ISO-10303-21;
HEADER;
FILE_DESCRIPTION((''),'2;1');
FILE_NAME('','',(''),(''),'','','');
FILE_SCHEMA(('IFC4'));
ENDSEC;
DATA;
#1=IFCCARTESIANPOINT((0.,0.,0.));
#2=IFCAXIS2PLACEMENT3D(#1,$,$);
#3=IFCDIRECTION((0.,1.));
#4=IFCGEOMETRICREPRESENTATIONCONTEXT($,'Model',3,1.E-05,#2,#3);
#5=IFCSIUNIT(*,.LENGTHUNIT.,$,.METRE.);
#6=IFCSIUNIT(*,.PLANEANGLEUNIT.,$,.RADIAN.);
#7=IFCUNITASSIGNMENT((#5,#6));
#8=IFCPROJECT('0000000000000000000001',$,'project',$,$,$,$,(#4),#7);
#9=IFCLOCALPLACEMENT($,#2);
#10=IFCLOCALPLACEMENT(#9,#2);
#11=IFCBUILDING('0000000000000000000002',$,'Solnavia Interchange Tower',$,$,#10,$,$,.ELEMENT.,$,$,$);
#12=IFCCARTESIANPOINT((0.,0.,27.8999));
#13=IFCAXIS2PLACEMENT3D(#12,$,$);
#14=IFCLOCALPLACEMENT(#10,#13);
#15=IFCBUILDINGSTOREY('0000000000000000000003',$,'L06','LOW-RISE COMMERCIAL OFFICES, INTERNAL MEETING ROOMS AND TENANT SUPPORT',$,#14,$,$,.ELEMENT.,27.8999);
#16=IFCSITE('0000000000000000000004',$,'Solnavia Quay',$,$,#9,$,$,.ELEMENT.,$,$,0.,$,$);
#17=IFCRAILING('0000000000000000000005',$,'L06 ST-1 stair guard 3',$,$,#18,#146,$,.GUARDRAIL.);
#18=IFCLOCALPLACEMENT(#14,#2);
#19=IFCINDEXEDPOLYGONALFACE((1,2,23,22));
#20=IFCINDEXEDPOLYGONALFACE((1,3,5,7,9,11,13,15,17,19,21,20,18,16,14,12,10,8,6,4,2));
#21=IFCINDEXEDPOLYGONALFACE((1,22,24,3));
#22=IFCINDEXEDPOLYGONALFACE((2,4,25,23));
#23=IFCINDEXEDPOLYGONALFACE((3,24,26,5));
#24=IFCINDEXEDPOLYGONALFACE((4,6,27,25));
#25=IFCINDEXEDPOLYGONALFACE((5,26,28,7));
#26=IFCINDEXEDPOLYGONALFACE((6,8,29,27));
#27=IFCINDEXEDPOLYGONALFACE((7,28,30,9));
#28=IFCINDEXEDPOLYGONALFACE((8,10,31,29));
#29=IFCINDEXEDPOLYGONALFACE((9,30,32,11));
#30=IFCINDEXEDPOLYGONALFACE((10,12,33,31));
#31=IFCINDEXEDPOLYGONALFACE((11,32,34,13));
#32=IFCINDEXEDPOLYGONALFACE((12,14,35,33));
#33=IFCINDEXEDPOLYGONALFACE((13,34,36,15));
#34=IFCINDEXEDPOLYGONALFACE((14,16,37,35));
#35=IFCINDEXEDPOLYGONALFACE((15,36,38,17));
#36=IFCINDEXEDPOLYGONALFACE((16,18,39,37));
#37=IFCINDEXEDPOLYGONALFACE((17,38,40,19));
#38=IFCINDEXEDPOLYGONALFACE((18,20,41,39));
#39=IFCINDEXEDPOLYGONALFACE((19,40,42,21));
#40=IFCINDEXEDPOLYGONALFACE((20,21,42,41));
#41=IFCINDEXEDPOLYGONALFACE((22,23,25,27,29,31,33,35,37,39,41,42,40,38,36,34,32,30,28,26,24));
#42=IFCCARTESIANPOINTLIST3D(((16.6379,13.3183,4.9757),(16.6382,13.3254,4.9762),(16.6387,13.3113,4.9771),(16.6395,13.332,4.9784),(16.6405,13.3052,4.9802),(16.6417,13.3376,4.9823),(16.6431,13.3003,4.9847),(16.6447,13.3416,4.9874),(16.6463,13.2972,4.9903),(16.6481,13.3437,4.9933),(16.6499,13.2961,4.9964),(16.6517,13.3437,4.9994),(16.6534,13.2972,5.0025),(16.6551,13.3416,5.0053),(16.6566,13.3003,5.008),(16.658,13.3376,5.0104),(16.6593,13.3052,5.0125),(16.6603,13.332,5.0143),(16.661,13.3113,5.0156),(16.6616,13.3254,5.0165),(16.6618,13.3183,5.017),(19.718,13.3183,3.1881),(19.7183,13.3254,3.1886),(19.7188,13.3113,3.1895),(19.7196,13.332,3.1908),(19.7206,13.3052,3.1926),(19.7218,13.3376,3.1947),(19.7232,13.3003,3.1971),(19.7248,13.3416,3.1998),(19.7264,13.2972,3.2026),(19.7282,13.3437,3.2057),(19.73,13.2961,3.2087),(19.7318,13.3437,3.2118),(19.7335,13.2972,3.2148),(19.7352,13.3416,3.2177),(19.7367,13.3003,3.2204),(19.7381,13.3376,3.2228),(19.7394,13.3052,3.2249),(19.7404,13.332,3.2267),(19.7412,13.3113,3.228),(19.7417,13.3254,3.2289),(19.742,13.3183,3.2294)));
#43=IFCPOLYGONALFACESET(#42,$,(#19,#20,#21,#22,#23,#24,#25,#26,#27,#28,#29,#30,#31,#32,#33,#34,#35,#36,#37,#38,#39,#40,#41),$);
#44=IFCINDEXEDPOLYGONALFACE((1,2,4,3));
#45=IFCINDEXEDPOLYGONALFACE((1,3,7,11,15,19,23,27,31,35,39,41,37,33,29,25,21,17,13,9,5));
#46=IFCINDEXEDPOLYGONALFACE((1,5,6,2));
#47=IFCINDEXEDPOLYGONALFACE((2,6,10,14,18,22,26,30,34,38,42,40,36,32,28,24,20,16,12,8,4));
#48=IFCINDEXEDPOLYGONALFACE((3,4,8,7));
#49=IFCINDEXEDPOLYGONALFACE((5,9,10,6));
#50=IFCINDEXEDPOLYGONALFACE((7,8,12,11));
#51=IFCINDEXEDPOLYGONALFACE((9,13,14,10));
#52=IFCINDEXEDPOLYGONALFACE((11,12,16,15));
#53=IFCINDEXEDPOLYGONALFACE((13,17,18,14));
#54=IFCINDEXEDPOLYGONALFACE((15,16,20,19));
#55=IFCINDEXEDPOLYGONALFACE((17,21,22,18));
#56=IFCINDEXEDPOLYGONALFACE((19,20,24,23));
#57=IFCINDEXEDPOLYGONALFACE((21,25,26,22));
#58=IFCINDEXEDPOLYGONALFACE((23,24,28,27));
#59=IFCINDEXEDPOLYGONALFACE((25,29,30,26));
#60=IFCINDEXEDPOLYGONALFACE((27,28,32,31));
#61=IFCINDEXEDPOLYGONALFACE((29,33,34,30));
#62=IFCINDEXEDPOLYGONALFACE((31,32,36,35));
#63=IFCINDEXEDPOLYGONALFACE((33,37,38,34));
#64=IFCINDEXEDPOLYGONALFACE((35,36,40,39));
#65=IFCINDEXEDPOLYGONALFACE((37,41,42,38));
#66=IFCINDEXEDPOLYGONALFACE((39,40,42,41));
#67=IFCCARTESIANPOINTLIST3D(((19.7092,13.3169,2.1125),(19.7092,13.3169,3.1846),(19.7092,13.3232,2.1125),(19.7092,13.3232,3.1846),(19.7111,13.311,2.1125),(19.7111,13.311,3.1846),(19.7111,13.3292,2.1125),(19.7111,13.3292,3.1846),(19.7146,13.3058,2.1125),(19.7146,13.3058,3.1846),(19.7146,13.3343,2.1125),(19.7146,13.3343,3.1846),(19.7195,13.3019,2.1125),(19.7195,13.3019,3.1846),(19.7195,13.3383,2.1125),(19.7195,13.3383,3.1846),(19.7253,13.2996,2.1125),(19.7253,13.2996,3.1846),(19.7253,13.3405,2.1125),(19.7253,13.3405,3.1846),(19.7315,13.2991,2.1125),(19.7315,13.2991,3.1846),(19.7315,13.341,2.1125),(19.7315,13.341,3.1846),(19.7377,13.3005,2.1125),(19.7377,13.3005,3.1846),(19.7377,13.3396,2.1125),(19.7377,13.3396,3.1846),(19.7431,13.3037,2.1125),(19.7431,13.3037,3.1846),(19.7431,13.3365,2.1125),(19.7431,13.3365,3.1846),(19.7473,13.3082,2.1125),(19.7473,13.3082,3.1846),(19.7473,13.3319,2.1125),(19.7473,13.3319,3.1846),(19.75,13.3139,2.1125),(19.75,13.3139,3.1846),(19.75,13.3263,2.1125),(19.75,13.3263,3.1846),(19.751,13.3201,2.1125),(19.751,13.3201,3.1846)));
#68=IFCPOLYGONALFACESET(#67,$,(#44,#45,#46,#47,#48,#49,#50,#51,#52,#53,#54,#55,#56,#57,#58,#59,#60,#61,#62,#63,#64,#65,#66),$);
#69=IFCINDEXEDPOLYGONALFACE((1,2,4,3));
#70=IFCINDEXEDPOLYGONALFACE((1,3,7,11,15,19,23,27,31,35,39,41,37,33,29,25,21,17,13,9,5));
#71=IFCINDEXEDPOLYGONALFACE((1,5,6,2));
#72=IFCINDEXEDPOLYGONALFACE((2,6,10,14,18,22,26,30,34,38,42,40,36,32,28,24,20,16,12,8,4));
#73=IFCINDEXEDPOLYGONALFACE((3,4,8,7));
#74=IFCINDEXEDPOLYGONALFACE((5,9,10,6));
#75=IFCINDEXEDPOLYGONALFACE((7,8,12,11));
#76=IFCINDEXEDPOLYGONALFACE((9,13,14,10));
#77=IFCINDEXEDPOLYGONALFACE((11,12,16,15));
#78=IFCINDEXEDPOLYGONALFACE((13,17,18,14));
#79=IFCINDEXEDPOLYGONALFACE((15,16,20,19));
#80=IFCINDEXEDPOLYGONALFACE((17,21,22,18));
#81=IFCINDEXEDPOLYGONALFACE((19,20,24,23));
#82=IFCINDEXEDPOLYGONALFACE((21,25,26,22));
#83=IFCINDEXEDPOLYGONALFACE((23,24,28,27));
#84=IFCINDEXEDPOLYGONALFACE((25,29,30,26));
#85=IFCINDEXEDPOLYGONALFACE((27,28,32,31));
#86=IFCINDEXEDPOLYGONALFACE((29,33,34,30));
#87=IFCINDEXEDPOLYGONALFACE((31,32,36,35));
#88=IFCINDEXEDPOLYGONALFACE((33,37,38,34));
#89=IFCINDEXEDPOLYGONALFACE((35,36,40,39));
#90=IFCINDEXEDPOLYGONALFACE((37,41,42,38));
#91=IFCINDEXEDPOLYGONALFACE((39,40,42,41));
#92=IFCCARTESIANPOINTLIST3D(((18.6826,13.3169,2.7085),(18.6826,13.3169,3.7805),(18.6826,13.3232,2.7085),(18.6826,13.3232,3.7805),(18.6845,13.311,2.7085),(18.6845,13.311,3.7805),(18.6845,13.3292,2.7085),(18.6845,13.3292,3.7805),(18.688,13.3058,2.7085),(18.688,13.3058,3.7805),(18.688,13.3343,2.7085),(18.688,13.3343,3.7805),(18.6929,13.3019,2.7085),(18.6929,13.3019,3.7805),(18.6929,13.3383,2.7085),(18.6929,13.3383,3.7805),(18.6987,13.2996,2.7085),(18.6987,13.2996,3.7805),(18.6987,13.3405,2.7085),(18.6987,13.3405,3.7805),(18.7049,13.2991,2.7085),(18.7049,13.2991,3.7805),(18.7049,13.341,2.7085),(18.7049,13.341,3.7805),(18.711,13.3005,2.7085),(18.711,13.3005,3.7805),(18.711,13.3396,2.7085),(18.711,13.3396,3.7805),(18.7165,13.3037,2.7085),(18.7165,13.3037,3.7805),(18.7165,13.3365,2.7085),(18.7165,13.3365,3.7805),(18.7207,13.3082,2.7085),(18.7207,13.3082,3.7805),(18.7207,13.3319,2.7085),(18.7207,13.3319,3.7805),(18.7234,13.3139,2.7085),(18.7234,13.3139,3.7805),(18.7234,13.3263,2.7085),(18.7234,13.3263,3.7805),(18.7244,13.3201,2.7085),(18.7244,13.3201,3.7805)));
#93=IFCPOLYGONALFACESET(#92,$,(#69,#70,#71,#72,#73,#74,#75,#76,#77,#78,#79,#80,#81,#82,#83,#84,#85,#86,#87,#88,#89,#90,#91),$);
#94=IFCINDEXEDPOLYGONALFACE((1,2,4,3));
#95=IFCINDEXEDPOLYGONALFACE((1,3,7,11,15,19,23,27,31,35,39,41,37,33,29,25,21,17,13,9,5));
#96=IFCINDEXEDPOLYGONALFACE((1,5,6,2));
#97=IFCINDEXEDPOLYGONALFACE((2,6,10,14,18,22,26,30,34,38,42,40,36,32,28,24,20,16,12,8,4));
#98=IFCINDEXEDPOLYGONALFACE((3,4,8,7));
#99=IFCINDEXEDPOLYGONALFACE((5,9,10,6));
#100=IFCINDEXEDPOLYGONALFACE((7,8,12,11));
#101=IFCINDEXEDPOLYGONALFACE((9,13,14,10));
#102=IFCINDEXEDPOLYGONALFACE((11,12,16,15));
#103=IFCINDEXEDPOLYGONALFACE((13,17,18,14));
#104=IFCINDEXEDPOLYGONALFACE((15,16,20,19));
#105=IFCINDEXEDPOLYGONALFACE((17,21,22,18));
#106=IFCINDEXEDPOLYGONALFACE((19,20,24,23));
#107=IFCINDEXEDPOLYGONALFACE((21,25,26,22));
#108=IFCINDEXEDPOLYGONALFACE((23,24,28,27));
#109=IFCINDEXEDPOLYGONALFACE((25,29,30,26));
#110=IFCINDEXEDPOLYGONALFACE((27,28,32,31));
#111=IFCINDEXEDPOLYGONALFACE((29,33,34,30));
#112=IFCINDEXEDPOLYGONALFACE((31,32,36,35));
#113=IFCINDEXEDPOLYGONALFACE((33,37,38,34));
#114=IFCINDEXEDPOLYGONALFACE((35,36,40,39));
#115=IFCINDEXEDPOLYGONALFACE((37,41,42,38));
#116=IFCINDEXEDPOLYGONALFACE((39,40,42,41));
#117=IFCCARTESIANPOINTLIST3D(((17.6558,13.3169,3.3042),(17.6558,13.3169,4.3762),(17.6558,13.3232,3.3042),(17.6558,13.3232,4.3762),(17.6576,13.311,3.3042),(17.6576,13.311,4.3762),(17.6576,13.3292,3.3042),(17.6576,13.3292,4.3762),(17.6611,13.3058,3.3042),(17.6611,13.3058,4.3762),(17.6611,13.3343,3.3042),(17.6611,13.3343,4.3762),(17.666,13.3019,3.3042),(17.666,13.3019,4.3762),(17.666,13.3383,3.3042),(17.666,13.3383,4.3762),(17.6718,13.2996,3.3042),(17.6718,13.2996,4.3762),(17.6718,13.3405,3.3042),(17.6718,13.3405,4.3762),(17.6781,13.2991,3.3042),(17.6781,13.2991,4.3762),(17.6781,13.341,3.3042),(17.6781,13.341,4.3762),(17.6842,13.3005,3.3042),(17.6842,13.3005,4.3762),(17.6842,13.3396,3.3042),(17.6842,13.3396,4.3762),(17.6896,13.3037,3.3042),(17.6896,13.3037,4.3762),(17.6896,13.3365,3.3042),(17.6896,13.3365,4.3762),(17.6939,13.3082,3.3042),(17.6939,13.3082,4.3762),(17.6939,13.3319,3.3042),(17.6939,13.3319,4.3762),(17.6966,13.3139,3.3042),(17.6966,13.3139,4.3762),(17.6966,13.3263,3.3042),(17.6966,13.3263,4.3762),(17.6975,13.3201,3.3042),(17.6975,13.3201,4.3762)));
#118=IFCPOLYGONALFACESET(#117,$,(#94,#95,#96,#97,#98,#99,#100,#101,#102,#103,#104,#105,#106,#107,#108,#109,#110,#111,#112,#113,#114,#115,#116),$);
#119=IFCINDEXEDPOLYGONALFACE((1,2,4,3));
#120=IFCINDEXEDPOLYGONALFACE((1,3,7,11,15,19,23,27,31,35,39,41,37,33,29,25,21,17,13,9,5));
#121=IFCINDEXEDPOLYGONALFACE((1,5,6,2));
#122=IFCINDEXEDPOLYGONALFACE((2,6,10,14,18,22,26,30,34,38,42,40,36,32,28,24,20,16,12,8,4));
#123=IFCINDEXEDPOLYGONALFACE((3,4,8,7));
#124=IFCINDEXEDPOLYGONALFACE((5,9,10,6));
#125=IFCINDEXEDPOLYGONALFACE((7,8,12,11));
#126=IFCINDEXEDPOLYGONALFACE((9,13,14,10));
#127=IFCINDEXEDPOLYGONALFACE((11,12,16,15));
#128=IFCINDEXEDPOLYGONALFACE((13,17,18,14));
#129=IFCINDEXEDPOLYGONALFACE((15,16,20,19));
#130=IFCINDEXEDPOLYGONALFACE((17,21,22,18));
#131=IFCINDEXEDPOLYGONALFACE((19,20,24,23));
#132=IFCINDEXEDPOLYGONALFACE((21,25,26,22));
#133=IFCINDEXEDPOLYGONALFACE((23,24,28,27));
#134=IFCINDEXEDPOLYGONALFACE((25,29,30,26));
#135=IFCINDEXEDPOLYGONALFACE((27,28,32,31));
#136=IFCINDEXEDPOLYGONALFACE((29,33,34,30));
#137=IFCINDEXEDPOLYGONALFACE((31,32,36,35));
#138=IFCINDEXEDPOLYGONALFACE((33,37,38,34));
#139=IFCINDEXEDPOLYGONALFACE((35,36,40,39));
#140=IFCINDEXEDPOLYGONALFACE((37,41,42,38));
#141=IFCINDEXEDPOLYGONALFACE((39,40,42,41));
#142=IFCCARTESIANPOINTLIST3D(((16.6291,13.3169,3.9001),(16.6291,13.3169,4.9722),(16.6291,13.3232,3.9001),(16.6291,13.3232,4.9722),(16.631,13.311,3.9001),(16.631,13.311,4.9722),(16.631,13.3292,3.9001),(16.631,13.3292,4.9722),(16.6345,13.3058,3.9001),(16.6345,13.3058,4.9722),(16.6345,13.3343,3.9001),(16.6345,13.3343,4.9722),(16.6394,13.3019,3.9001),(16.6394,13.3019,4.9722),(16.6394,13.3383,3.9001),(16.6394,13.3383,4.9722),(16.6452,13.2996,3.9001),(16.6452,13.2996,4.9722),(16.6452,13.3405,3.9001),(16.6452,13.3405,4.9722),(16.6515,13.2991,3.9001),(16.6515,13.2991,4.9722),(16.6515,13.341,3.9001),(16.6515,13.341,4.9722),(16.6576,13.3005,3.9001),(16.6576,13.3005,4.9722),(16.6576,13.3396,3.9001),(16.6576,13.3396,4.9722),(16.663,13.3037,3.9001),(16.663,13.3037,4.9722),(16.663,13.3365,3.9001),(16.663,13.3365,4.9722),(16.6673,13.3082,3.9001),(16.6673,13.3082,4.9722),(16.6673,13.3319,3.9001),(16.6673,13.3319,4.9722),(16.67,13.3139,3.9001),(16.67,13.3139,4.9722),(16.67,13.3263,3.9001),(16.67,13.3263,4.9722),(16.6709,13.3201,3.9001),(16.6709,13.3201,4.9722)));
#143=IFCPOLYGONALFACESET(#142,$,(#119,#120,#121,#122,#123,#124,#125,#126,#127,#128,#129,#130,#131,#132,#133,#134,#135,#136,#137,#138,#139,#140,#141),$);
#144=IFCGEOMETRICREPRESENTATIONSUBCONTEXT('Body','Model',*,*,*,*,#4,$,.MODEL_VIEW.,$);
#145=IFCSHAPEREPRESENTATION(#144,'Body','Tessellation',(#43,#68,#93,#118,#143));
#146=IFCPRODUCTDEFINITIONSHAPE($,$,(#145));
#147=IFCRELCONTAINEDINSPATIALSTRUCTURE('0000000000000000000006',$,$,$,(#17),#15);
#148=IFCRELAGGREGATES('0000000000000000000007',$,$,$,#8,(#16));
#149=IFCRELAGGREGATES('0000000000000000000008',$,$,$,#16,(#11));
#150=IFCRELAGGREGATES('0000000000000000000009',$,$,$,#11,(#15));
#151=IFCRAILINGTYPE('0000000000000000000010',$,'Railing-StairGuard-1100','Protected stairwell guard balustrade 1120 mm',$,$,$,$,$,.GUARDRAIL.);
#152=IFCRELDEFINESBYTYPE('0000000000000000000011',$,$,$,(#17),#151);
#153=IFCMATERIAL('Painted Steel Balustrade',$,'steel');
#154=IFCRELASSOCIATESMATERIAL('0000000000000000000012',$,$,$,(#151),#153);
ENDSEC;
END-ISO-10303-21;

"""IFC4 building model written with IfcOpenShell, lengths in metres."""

from ifc_helpers import new_model, si_unit, direction, frame, origin, origin_2d, place, context, subcontext, project, spatial, circle, extrude, material, type_object, element, save


model = new_model("IFC4")

# Units and contexts
model_context = context("Model", 3, precision=1e-05, world=origin(), true_north=direction((0.0, 1.0)))
body_context = subcontext(model_context, "Body", "Model", "MODEL_VIEW")
ifc_project = project(units=[si_unit("LENGTHUNIT", "METRE"), si_unit("PLANEANGLEUNIT", "RADIAN")], contexts=[model_context])

# Site, building, storey
site_placement = place(None, origin())
site = spatial("IfcSite", under=ifc_project, at=site_placement, Name="Solnavia Quay", CompositionType="ELEMENT", RefElevation=0.0)
building_placement = place(site_placement, origin())
building = spatial("IfcBuilding", under=site, at=building_placement, Name="Solnavia Interchange Tower", CompositionType="ELEMENT")
storey_placement = place(building_placement, frame((0.0, 0.0, 27.8999)))
storey = spatial("IfcBuildingStorey", under=building, at=storey_placement, Name="L06", Description="LOW-RISE COMMERCIAL OFFICES, INTERNAL MEETING ROOMS AND TENANT SUPPORT", CompositionType="ELEMENT", Elevation=27.8999)

# Railing
ifc_material_1 = material(Name="Painted Steel Balustrade", Category="steel")
railing_type_1 = type_object("IfcRailingType", Name="Railing-StairGuard-1100", Description="Protected stairwell guard balustrade 1120 mm", PredefinedType="GUARDRAIL", material=ifc_material_1)
railing_1_placement = place(storey_placement, frame((19.73, 13.3201, 2.1125)))
element("IfcRailing", 1, at=railing_1_placement, inside=storey, type_object=railing_type_1, Name="L06 ST-1 stair guard 3", PredefinedType="GUARDRAIL", context=body_context, shape_type="SweptSolid", body=[
    extrude(circle(Radius=0.0239, at=origin_2d()), frame((0.0, 0.0, 1.0962), z_axis=(-0.864891, 0.0, 0.50196), x_axis=(0.0, -1.0, 0.0)), (0.0, 0.0, 1.0), 3.5613),
    extrude(circle(Radius=0.021, at=origin_2d()), origin(), (0.0, 0.0, 1.0), 1.072),
    extrude(circle(Radius=0.021, at=origin_2d()), frame((-1.0266, 0.0, 0.5959)), (0.0, 0.0, 1.0), 1.072),
    extrude(circle(Radius=0.021, at=origin_2d()), frame((-2.0535, 0.0, 1.1917)), (0.0, 0.0, 1.0), 1.072),
    extrude(circle(Radius=0.021, at=origin_2d()), frame((-3.0801, 0.0, 1.7876)), (0.0, 0.0, 1.0), 1.072),
])

save(model, "model.ifc")
